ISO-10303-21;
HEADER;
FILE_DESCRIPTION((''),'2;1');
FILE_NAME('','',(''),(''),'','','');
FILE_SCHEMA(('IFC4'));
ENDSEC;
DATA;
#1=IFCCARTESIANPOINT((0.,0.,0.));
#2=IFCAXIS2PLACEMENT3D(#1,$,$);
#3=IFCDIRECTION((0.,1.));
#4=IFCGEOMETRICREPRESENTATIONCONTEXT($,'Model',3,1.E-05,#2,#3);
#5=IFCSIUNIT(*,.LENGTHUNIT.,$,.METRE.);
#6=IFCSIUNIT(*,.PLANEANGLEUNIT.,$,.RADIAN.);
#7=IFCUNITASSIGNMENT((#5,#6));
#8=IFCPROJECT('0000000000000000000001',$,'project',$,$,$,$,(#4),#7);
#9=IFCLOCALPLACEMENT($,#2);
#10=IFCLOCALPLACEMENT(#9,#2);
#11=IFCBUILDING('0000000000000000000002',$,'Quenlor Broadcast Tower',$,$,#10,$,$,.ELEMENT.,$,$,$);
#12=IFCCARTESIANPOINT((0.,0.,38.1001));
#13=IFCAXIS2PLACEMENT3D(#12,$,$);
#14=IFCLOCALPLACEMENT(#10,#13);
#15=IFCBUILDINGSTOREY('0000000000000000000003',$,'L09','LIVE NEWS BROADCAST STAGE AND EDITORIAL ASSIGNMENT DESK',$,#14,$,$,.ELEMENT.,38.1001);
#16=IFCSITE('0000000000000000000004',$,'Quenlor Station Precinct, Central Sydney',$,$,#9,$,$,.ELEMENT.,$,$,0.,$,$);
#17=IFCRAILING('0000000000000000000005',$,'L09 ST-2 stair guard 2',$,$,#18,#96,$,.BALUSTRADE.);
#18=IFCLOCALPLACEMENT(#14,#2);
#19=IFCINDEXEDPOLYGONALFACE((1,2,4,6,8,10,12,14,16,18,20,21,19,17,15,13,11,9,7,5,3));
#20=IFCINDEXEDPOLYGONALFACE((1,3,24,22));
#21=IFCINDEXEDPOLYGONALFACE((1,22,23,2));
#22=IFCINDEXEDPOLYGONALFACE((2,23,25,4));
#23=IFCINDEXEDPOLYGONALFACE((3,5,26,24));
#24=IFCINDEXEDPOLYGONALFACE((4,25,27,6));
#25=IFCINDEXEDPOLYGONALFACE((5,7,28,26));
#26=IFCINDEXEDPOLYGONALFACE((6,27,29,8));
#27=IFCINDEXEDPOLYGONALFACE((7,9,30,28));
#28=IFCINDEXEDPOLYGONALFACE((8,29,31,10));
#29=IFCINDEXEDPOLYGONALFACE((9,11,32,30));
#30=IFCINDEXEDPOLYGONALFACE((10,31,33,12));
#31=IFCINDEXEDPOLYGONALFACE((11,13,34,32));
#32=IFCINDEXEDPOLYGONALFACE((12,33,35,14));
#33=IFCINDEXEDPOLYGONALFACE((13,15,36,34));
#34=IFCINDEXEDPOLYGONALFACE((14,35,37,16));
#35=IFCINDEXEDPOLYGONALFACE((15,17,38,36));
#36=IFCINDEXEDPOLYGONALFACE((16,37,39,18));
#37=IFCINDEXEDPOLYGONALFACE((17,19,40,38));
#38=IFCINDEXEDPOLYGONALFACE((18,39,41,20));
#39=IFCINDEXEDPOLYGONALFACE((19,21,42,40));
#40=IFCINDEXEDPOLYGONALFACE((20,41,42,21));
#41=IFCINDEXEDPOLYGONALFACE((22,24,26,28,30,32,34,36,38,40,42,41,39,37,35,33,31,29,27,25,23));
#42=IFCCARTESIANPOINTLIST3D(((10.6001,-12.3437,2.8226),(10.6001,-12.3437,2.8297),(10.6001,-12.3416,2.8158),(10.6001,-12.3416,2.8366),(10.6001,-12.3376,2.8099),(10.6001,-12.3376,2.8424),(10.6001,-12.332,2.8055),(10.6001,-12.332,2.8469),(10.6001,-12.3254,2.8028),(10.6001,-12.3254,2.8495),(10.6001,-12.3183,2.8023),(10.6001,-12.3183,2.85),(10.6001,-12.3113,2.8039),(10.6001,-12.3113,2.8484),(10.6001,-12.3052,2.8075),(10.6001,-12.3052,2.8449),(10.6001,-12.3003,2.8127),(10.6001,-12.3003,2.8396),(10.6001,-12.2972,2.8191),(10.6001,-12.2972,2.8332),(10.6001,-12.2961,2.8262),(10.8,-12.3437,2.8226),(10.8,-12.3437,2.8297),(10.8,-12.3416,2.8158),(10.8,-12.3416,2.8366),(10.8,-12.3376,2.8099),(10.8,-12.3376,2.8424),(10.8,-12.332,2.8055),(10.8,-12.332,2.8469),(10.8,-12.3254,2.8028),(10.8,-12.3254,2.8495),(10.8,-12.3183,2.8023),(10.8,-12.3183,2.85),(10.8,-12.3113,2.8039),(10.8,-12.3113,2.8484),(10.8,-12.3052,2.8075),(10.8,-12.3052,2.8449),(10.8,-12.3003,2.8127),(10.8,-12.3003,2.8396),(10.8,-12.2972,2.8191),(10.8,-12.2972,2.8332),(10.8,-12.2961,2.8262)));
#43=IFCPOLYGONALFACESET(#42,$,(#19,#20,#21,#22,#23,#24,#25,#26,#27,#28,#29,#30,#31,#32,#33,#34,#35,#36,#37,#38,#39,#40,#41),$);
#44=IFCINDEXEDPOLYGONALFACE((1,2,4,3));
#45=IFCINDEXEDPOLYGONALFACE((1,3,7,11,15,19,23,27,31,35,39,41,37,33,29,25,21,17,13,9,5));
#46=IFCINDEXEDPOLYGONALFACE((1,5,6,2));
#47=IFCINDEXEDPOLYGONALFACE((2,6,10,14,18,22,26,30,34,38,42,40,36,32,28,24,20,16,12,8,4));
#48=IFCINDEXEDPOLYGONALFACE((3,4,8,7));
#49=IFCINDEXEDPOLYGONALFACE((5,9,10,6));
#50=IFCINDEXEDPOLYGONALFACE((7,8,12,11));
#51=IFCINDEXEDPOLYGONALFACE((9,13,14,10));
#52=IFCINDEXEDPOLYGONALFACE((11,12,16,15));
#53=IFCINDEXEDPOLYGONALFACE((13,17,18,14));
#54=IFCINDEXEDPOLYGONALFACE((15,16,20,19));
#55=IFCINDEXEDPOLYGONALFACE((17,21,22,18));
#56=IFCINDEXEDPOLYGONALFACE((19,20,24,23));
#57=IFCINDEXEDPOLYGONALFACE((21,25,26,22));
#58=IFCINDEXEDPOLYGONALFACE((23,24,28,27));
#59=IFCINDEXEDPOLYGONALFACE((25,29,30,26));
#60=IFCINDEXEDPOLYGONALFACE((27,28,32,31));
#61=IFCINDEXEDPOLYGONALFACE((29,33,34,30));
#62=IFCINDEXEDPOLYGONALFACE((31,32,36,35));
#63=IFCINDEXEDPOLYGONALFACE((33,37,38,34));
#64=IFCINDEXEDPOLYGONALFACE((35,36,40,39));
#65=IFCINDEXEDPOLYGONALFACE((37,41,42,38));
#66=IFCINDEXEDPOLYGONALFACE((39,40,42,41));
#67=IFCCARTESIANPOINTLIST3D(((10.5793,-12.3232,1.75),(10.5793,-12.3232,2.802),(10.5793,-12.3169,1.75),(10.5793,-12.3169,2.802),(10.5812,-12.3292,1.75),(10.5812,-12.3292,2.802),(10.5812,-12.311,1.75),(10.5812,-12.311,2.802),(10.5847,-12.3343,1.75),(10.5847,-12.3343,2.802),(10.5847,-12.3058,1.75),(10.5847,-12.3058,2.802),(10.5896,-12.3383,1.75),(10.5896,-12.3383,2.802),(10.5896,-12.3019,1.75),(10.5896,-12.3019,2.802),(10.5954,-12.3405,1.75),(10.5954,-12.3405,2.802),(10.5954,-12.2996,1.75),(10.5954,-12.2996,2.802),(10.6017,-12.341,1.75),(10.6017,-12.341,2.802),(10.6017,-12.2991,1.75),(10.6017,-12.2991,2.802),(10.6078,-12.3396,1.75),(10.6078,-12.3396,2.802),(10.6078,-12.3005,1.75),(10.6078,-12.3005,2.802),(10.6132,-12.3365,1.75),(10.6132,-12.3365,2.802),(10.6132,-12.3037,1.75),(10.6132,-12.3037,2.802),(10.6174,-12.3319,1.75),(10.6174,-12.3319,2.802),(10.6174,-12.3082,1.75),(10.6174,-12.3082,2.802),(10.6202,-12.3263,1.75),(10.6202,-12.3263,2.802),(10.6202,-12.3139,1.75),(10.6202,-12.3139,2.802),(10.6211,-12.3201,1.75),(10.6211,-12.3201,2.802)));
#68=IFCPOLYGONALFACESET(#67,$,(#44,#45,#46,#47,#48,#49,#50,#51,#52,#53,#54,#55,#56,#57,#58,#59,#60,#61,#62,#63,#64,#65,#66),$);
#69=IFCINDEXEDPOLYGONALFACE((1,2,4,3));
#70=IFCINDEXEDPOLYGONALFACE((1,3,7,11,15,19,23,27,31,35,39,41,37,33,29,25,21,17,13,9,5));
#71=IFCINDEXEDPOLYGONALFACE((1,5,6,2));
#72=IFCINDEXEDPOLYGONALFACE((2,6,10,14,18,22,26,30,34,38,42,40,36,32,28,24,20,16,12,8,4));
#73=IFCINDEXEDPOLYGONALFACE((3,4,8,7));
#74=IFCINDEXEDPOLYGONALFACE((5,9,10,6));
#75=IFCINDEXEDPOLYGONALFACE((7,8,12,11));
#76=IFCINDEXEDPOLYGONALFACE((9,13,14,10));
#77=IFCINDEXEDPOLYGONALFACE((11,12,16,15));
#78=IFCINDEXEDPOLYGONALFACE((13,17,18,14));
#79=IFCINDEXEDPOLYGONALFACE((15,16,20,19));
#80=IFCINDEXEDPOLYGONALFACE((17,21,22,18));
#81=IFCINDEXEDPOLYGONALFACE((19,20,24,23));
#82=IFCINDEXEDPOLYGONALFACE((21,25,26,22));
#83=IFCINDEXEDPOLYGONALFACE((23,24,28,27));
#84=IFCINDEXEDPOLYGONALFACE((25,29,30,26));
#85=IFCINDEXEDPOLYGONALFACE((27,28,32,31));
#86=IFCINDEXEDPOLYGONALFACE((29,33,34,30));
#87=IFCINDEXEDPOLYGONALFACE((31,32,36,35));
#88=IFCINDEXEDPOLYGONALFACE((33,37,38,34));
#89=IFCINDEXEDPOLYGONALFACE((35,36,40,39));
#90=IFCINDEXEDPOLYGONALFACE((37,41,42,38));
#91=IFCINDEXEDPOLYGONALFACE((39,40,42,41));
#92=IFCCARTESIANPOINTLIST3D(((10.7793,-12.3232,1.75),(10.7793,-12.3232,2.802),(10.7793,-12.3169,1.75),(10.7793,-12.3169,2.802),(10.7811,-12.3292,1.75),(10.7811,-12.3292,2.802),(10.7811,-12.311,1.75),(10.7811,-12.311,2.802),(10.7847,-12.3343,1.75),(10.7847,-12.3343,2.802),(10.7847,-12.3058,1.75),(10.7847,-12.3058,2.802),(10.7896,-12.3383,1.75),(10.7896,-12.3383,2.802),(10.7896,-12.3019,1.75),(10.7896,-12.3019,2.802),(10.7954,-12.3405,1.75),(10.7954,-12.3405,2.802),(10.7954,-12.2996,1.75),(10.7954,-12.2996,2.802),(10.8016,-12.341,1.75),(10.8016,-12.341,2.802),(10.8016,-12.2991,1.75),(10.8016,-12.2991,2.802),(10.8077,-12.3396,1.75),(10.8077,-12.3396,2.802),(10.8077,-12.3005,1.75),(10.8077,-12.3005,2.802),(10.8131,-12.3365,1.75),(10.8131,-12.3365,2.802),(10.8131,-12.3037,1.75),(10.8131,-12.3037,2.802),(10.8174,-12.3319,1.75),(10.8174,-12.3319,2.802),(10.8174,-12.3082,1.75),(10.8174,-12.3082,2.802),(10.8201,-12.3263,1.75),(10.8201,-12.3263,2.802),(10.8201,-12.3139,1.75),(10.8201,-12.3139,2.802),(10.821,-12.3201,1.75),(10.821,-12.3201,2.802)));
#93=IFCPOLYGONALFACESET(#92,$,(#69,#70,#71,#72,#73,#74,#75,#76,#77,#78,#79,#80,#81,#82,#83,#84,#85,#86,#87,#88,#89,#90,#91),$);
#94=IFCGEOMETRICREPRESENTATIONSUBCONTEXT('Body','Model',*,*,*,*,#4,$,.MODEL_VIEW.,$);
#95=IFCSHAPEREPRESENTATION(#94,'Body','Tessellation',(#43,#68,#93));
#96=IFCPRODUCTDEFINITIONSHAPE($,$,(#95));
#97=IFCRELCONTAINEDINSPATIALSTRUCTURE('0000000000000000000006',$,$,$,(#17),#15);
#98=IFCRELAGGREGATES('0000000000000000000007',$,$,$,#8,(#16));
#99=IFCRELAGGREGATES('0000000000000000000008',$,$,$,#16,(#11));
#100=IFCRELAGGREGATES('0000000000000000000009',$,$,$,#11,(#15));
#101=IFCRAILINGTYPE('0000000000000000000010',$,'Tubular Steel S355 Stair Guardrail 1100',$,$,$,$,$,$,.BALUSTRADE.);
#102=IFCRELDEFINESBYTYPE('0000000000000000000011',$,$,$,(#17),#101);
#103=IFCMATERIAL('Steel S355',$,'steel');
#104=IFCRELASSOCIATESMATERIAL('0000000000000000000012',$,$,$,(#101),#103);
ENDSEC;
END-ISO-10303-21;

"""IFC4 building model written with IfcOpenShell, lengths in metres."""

from ifc_helpers import new_model, si_unit, direction, frame, origin, origin_2d, place, context, subcontext, project, spatial, circle, extrude, material, type_object, element, save


model = new_model("IFC4")

# Units and contexts
model_context = context("Model", 3, precision=1e-05, world=origin(), true_north=direction((0.0, 1.0)))
body_context = subcontext(model_context, "Body", "Model", "MODEL_VIEW")
ifc_project = project(units=[si_unit("LENGTHUNIT", "METRE"), si_unit("PLANEANGLEUNIT", "RADIAN")], contexts=[model_context])

# Site, building, storey
site_placement = place(None, origin())
site = spatial("IfcSite", under=ifc_project, at=site_placement, Name="Quenlor Station Precinct, Central Sydney", CompositionType="ELEMENT", RefElevation=0.0)
building_placement = place(site_placement, origin())
building = spatial("IfcBuilding", under=site, at=building_placement, Name="Quenlor Broadcast Tower", CompositionType="ELEMENT")
storey_placement = place(building_placement, frame((0.0, 0.0, 38.1001)))
storey = spatial("IfcBuildingStorey", under=building, at=storey_placement, Name="L09", Description="LIVE NEWS BROADCAST STAGE AND EDITORIAL ASSIGNMENT DESK", CompositionType="ELEMENT", Elevation=38.1001)

# Railing
ifc_material_1 = material(Name="Steel S355", Category="steel")
railing_type_1 = type_object("IfcRailingType", Name="Tubular Steel S355 Stair Guardrail 1100", PredefinedType="BALUSTRADE", material=ifc_material_1)
railing_1_placement = place(storey_placement, frame((10.6001, -12.3201, 1.75)))
element("IfcRailing", 1, at=railing_1_placement, inside=storey, type_object=railing_type_1, Name="L09 ST-2 stair guard 2", PredefinedType="BALUSTRADE", context=body_context, shape_type="SweptSolid", body=[
    extrude(circle(Radius=0.0239, at=origin_2d()), frame((0.0, 0.0, 1.0762), z_axis=(1.0, 0.0, 0.0), x_axis=(0.0, 1.0, 0.0)), (0.0, 0.0, 1.0), 0.2),
    extrude(circle(Radius=0.021, at=origin_2d()), origin(), (0.0, 0.0, 1.0), 1.052),
    extrude(circle(Radius=0.021, at=origin_2d()), frame((0.2, 0.0, 0.0)), (0.0, 0.0, 1.0), 1.052),
])

save(model, "model.ifc")
